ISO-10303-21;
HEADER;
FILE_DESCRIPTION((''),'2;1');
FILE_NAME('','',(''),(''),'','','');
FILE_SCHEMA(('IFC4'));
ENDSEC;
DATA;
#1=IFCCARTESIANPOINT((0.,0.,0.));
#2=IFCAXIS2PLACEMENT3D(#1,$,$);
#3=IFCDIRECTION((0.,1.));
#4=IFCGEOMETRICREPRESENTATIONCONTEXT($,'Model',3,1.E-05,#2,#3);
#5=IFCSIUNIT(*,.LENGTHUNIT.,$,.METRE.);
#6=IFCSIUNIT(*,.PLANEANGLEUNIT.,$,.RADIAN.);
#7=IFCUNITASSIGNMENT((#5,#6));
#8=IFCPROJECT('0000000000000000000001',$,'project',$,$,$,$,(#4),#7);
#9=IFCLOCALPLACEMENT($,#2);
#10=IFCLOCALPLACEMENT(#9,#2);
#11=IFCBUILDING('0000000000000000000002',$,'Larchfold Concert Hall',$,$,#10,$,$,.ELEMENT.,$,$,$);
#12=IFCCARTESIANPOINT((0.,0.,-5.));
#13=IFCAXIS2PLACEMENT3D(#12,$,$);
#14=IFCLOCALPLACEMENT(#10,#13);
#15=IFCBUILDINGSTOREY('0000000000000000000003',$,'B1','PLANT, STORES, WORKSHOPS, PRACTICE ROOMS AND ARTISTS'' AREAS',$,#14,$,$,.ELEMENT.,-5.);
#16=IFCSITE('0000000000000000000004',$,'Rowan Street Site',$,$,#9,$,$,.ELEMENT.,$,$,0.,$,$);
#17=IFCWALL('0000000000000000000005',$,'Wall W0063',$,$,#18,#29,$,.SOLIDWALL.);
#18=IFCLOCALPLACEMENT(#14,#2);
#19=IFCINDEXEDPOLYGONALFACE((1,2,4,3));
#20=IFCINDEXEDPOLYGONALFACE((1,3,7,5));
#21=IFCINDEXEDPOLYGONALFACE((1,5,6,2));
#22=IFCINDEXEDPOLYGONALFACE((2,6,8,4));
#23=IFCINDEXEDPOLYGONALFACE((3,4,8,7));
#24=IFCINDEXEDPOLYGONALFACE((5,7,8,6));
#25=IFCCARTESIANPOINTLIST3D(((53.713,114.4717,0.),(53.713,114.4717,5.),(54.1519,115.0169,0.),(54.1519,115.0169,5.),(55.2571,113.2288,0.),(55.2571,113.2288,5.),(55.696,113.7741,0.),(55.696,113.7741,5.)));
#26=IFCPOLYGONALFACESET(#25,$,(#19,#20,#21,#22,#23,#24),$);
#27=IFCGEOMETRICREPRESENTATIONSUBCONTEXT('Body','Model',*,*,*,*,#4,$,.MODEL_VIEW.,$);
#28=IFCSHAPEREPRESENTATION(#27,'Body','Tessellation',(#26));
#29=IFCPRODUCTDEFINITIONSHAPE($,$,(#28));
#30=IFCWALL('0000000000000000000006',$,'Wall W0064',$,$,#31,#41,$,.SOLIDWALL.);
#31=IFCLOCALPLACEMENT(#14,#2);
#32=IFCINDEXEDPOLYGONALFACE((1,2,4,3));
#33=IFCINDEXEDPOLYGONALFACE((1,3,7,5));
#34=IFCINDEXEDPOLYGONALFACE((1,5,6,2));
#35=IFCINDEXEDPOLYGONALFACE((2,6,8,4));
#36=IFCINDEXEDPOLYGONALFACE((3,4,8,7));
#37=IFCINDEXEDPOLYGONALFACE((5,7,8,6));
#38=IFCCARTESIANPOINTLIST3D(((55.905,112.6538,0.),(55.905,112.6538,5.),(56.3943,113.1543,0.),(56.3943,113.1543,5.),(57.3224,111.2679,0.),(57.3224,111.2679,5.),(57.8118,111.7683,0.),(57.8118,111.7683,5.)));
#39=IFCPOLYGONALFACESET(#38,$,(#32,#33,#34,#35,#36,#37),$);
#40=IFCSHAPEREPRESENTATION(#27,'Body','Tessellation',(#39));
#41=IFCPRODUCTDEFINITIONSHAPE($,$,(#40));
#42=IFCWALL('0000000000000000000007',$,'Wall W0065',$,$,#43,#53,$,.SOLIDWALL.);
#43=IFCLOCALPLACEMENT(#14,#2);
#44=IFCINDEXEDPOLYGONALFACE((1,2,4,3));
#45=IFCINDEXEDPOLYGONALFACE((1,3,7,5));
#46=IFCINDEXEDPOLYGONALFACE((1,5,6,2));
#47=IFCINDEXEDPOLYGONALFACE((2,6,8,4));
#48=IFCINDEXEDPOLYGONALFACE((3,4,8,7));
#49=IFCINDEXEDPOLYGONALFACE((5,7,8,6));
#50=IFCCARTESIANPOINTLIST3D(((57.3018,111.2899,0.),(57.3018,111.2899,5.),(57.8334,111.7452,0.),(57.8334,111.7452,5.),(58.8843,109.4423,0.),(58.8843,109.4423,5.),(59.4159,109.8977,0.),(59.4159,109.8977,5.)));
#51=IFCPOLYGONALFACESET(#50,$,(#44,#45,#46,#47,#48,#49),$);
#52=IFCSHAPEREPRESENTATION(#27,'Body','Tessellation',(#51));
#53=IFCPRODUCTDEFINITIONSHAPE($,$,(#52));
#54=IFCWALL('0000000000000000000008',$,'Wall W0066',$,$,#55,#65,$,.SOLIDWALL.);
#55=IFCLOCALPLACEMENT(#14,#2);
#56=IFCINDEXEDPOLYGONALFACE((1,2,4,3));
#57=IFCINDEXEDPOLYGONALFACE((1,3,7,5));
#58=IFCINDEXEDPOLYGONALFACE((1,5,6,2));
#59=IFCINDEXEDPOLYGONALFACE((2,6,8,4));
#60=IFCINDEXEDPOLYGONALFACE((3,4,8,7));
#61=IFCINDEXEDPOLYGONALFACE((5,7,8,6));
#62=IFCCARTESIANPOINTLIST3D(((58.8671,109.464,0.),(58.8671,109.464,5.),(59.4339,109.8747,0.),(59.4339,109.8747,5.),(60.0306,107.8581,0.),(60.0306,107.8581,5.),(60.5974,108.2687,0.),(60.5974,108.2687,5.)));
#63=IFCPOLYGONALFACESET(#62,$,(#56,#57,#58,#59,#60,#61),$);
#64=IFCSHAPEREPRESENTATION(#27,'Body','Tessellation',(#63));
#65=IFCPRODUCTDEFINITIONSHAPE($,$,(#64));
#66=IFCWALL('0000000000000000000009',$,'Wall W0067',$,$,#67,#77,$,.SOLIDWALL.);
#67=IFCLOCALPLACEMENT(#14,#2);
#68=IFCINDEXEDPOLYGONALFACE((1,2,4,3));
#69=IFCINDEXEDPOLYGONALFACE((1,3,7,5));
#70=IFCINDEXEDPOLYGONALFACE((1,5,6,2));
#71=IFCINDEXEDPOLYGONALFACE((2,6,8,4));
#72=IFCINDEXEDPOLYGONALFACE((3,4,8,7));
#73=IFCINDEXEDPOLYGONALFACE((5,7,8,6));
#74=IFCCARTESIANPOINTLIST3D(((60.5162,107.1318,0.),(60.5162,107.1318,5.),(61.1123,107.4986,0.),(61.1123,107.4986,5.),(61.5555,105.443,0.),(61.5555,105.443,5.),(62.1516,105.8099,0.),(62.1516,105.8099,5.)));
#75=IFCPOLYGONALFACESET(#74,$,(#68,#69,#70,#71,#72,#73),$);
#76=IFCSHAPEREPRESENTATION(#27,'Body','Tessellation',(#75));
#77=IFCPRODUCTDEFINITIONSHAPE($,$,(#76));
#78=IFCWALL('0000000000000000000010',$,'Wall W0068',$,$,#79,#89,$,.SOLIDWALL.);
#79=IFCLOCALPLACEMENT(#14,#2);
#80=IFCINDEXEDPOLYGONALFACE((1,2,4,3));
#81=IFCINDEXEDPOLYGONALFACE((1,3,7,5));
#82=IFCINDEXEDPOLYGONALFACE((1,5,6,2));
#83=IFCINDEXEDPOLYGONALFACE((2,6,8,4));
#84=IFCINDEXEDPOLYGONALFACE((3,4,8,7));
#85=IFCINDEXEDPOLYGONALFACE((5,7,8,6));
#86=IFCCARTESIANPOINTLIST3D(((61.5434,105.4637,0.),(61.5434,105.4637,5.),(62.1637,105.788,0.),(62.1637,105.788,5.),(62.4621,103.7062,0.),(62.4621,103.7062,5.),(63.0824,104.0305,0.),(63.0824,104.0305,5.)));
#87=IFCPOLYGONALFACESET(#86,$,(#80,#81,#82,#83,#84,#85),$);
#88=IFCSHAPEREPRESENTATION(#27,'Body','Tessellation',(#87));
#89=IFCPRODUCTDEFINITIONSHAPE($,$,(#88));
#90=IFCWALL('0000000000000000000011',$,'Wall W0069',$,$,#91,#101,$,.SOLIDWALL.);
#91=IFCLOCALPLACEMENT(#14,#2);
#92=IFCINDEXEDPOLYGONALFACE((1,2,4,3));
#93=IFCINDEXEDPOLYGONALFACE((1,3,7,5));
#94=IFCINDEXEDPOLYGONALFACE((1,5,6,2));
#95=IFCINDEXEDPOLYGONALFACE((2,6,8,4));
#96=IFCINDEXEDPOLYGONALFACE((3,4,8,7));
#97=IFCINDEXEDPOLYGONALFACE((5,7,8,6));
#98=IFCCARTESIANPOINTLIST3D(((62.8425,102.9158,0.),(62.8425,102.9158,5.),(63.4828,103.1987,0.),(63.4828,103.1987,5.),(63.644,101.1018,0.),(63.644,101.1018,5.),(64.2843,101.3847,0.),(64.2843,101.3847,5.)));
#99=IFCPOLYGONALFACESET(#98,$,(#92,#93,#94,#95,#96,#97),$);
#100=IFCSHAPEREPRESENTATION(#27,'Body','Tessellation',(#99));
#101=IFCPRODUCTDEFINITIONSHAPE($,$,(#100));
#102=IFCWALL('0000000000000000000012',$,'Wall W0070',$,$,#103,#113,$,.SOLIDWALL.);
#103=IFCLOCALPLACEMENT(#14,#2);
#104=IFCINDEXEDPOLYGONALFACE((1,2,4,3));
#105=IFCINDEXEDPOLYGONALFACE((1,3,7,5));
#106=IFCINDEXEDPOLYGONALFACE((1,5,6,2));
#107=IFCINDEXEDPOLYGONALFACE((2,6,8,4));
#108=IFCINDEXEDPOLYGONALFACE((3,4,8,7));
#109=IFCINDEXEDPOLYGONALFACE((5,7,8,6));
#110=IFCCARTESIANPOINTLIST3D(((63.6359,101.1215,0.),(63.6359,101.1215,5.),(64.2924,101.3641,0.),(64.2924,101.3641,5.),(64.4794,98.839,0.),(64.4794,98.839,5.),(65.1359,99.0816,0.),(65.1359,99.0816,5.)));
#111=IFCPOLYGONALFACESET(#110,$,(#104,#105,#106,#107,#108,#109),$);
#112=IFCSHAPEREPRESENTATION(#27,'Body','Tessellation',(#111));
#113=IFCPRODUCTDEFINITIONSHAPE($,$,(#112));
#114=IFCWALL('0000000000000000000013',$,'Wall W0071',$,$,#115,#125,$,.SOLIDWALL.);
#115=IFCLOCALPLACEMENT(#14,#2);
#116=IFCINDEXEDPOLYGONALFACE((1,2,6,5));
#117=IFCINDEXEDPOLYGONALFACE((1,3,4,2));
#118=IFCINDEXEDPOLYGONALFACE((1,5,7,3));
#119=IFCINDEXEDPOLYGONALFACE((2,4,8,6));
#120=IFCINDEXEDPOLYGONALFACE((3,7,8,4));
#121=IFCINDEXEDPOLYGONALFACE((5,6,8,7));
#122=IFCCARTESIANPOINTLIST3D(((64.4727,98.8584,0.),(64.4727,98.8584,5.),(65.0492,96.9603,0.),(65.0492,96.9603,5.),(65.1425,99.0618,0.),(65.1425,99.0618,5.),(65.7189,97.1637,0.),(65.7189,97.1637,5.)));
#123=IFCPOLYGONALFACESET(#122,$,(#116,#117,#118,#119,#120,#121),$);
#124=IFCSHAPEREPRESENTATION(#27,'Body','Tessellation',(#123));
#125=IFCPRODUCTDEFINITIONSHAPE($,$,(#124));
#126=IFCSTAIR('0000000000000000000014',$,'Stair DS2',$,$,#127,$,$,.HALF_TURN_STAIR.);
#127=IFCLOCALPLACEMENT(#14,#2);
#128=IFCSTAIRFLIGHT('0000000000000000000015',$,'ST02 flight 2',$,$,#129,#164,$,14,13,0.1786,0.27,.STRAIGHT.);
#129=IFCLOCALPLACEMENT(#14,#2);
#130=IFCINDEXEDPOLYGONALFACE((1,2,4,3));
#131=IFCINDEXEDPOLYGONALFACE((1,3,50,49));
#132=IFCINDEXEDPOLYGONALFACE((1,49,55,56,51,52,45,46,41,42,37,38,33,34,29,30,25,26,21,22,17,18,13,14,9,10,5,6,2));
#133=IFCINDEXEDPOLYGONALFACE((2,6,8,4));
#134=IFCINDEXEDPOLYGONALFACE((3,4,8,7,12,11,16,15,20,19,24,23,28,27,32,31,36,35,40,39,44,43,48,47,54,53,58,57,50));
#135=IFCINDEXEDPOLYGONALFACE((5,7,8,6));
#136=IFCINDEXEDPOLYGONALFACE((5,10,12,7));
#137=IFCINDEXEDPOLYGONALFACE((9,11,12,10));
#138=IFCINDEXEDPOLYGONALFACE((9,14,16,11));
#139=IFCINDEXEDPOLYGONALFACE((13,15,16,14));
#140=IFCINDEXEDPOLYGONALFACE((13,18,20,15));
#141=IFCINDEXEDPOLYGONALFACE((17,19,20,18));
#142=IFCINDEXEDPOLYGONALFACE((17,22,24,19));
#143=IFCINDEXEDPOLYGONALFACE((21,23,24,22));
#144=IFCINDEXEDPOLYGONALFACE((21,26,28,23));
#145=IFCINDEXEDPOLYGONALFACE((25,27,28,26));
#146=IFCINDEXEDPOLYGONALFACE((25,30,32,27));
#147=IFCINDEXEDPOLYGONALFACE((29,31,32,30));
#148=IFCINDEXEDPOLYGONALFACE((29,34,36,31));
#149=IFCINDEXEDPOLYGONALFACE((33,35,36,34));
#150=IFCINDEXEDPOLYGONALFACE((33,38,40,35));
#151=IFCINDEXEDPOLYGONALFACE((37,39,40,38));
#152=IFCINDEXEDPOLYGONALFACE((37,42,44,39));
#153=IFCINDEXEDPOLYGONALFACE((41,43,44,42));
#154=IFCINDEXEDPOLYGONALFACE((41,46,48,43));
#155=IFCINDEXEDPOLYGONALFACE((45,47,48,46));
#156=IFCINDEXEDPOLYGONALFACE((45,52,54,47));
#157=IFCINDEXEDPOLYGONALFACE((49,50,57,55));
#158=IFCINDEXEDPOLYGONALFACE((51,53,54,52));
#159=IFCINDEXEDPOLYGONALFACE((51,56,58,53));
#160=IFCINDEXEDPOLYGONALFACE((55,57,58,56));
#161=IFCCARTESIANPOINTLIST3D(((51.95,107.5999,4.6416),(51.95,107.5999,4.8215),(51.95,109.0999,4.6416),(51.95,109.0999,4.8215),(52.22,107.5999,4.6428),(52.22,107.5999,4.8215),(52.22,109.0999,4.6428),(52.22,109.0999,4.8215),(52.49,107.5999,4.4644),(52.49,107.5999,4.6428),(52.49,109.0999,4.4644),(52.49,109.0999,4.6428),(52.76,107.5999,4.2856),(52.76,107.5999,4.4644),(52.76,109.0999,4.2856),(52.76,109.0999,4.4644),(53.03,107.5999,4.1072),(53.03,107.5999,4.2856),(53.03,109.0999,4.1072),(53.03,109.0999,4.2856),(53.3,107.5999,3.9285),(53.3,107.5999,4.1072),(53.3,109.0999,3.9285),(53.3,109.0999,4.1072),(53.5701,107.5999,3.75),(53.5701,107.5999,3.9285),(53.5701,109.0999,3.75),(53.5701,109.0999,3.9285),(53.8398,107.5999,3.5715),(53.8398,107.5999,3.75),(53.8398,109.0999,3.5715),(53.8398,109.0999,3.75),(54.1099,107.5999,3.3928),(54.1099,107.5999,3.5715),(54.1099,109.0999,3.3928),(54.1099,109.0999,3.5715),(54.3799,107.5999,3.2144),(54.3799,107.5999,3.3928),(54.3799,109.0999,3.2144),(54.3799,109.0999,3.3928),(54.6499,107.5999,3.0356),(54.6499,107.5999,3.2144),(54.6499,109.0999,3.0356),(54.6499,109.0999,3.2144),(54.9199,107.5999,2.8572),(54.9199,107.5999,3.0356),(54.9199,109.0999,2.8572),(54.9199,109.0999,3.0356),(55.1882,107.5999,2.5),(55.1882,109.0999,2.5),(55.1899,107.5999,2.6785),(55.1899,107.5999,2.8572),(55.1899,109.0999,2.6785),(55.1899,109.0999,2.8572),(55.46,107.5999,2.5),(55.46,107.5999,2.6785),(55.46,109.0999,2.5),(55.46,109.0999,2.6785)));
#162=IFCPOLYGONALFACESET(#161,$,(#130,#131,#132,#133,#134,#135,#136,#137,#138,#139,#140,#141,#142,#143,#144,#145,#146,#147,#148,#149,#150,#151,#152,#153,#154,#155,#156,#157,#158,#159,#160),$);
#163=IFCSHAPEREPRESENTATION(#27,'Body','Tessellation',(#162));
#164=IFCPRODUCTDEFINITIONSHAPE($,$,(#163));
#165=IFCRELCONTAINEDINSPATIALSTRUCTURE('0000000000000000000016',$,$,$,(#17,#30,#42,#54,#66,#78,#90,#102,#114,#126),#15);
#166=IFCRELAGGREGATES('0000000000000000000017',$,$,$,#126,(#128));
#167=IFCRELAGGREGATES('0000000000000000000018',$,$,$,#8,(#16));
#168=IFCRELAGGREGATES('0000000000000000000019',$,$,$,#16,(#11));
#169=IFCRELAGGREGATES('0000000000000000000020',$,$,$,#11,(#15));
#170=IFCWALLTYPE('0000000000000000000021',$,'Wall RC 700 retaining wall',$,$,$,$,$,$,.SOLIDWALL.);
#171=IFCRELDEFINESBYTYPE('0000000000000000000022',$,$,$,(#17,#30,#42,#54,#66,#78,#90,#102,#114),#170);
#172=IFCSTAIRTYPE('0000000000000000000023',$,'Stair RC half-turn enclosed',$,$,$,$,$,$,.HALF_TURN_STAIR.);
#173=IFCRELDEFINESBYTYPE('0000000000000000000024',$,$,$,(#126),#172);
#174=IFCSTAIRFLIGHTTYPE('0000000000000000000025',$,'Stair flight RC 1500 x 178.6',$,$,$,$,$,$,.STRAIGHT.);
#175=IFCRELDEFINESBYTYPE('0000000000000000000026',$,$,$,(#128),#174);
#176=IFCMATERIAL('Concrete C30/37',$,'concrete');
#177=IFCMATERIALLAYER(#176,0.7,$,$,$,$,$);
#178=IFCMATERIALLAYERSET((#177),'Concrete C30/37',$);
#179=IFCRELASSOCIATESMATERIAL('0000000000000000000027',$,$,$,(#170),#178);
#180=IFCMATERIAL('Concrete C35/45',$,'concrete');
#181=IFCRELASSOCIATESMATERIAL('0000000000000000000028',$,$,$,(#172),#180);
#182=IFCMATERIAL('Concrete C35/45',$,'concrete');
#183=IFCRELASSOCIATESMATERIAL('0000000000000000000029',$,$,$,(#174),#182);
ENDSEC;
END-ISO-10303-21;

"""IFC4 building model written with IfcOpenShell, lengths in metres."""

from ifc_helpers import new_model, si_unit, direction, frame, frame_2d, origin, place, context, subcontext, project, spatial, polyline, rectangle, outline, extrude, material, layer, layer_set, type_object, element, aggregate, save


model = new_model("IFC4")

# Units and contexts
model_context = context("Model", 3, precision=1e-05, world=origin(), true_north=direction((0.0, 1.0)))
body_context = subcontext(model_context, "Body", "Model", "MODEL_VIEW")
ifc_project = project(units=[si_unit("LENGTHUNIT", "METRE"), si_unit("PLANEANGLEUNIT", "RADIAN")], contexts=[model_context])

# Site, building, storey
site_placement = place(None, origin())
site = spatial("IfcSite", under=ifc_project, at=site_placement, Name="Rowan Street Site", CompositionType="ELEMENT", RefElevation=0.0)
building_placement = place(site_placement, origin())
building = spatial("IfcBuilding", under=site, at=building_placement, Name="Larchfold Concert Hall", CompositionType="ELEMENT")
storey_placement = place(building_placement, frame((0.0, 0.0, -5.0)))
storey = spatial("IfcBuildingStorey", under=building, at=storey_placement, Name="B1", Description="PLANT, STORES, WORKSHOPS, PRACTICE ROOMS AND ARTISTS' AREAS", CompositionType="ELEMENT", Elevation=-5.0)

# Walls
ifc_material_1 = material(Name="Concrete C30/37", Category="concrete")
ifc_layer_1 = layer(ifc_material_1, 0.7)
ifc_layer_set_1 = layer_set([ifc_layer_1], Name="Concrete C30/37")
wall_type_1 = type_object("IfcWallType", Name="Wall RC 700 retaining wall", PredefinedType="SOLIDWALL", material=ifc_layer_set_1)
wall_1_placement = place(storey_placement, frame((53.9324, 114.7444, 0.0), z_axis=(0.0, 0.0, 1.0), x_axis=(0.779003, -0.62702, 0.0)))
element("IfcWall", 1, at=wall_1_placement, inside=storey, type_object=wall_type_1, Name="Wall W0063", PredefinedType="SOLIDWALL", context=body_context, shape_type="SweptSolid", body=[
    extrude(rectangle(XDim=1.9822, YDim=0.7, at=frame_2d((0.9912, 0.0))), origin(), (0.0, 0.0, 1.0), 5.0),
])
wall_2_placement = place(storey_placement, frame((56.1497, 112.9041, 0.0), z_axis=(0.0, 0.0, 1.0), x_axis=(0.715005, -0.699119, 0.0)))
element("IfcWall", 2, at=wall_2_placement, inside=storey, type_object=wall_type_1, Name="Wall W0064", PredefinedType="SOLIDWALL", context=body_context, shape_type="SweptSolid", body=[
    extrude(rectangle(XDim=1.9824, YDim=0.7, at=frame_2d((0.9912, 0.0))), origin(), (0.0, 0.0, 1.0), 5.0),
])
wall_3_placement = place(storey_placement, frame((57.5676, 111.5176, 0.0), z_axis=(0.0, 0.0, 1.0), x_axis=(0.65051, -0.759497, 0.0)))
element("IfcWall", 3, at=wall_3_placement, inside=storey, type_object=wall_type_1, Name="Wall W0065", PredefinedType="SOLIDWALL", context=body_context, shape_type="SweptSolid", body=[
    extrude(rectangle(XDim=2.4326, YDim=0.7, at=frame_2d((1.2163, 0.0))), origin(), (0.0, 0.0, 1.0), 5.0),
])
wall_4_placement = place(storey_placement, frame((59.1504, 109.6694, 0.0), z_axis=(0.0, 0.0, 1.0), x_axis=(0.586721, -0.809789, 0.0)))
element("IfcWall", 4, at=wall_4_placement, inside=storey, type_object=wall_type_1, Name="Wall W0066", PredefinedType="SOLIDWALL", context=body_context, shape_type="SweptSolid", body=[
    extrude(rectangle(XDim=1.9832, YDim=0.7, at=frame_2d((0.9917, 0.0))), origin(), (0.0, 0.0, 1.0), 5.0),
])
wall_5_placement = place(storey_placement, frame((60.8142, 107.3152, 0.0), z_axis=(0.0, 0.0, 1.0), x_axis=(0.524132, -0.851637, 0.0)))
element("IfcWall", 5, at=wall_5_placement, inside=storey, type_object=wall_type_1, Name="Wall W0067", PredefinedType="SOLIDWALL", context=body_context, shape_type="SweptSolid", body=[
    extrude(rectangle(XDim=1.9829, YDim=0.7, at=frame_2d((0.9915, 0.0))), origin(), (0.0, 0.0, 1.0), 5.0),
])
for number, where, z_axis, x_axis, name in (
    (6, (61.8535, 105.626, 0.0), (0.0, 0.0, 1.0), (0.463243, -0.886231, 0.0), "Wall W0068"),
    (7, (63.1626, 103.0574, 0.0), (0.0, 0.0, 1.0), (0.404161, -0.914688, 0.0), "Wall W0069"),
):
    element("IfcWall", number, at=place(storey_placement, frame(where, z_axis=z_axis, x_axis=x_axis)), inside=storey, type_object=wall_type_1, Name=name, PredefinedType="SOLIDWALL", context=body_context, shape_type="SweptSolid", body=[
        extrude(rectangle(XDim=1.9832, YDim=0.7, at=frame_2d((0.9917, 0.0))), origin(), (0.0, 0.0, 1.0), 5.0),
    ])
wall_6_placement = place(storey_placement, frame((63.9641, 101.2429, 0.0), z_axis=(0.0, 0.0, 1.0), x_axis=(0.346644, -0.937997, 0.0)))
element("IfcWall", 8, at=wall_6_placement, inside=storey, type_object=wall_type_1, Name="Wall W0070", PredefinedType="SOLIDWALL", context=body_context, shape_type="SweptSolid", body=[
    extrude(rectangle(XDim=2.4333, YDim=0.7, at=frame_2d((1.2168, 0.0))), origin(), (0.0, 0.0, 1.0), 5.0),
])
wall_7_placement = place(storey_placement, frame((64.8076, 98.96, 0.0), z_axis=(0.0, 0.0, 1.0), x_axis=(0.290598, -0.956845, 0.0)))
element("IfcWall", 9, at=wall_7_placement, inside=storey, type_object=wall_type_1, Name="Wall W0071", PredefinedType="SOLIDWALL", context=body_context, shape_type="SweptSolid", body=[
    extrude(rectangle(XDim=1.9836, YDim=0.7, at=frame_2d((0.9917, 0.0))), origin(), (0.0, 0.0, 1.0), 5.0),
])

# Stair, stair flight
ifc_material_2 = material(Name="Concrete C35/45", Category="concrete")
stair_type = type_object("IfcStairType", Name="Stair RC half-turn enclosed", PredefinedType="HALF_TURN_STAIR", material=ifc_material_2)
stair_placement = place(storey_placement, origin())
stair = element("IfcStair", 10, at=stair_placement, inside=storey, type_object=stair_type, Name="Stair DS2", PredefinedType="HALF_TURN_STAIR")
ifc_material_3 = material(Name="Concrete C35/45", Category="concrete")
stair_flight_type = type_object("IfcStairFlightType", Name="Stair flight RC 1500 x 178.6", PredefinedType="STRAIGHT", material=ifc_material_3)
stair_flight_placement = place(storey_placement, frame((55.46, 108.3499, 2.5), z_axis=(0.0, 0.0, 1.0), x_axis=(-1.0, 0.0, 0.0)))
stair_flight = element("IfcStairFlight", 11, at=stair_flight_placement, type_object=stair_flight_type, Name="ST02 flight 2", NumberOfRisers=14, NumberOfTreads=13, PredefinedType="STRAIGHT", RiserHeight=0.1786, TreadLength=0.27, context=body_context, shape_type="SweptSolid", body=[
    extrude(outline(polyline([(0.0, 0.0), (0.0, 0.1785), (0.27, 0.1785), (0.27, 0.3572), (0.54, 0.3572), (0.54, 0.5356), (0.8101, 0.5356), (0.8101, 0.7144), (1.0801, 0.7144), (1.0801, 0.8928), (1.3501, 0.8928), (1.3501, 1.0715), (1.6201, 1.0715), (1.6201, 1.25), (1.8899, 1.25), (1.8899, 1.4285), (2.1599, 1.4285), (2.1599, 1.6072), (2.4299, 1.6072), (2.4299, 1.7856), (2.7, 1.7856), (2.7, 1.9644), (2.97, 1.9644), (2.97, 2.1428), (3.24, 2.1428), (3.24, 2.3215), (3.51, 2.3215), (3.51, 2.5), (3.51, 2.1416), (0.2717, 0.0), (0.0, 0.0)])), frame((0.0, 0.75, 0.0), z_axis=(0.0, -1.0, 0.0), x_axis=(1.0, 0.0, 0.0)), (0.0, 0.0, 1.0), 1.5),
])
aggregate(stair, [stair_flight])

save(model, "model.ifc")
